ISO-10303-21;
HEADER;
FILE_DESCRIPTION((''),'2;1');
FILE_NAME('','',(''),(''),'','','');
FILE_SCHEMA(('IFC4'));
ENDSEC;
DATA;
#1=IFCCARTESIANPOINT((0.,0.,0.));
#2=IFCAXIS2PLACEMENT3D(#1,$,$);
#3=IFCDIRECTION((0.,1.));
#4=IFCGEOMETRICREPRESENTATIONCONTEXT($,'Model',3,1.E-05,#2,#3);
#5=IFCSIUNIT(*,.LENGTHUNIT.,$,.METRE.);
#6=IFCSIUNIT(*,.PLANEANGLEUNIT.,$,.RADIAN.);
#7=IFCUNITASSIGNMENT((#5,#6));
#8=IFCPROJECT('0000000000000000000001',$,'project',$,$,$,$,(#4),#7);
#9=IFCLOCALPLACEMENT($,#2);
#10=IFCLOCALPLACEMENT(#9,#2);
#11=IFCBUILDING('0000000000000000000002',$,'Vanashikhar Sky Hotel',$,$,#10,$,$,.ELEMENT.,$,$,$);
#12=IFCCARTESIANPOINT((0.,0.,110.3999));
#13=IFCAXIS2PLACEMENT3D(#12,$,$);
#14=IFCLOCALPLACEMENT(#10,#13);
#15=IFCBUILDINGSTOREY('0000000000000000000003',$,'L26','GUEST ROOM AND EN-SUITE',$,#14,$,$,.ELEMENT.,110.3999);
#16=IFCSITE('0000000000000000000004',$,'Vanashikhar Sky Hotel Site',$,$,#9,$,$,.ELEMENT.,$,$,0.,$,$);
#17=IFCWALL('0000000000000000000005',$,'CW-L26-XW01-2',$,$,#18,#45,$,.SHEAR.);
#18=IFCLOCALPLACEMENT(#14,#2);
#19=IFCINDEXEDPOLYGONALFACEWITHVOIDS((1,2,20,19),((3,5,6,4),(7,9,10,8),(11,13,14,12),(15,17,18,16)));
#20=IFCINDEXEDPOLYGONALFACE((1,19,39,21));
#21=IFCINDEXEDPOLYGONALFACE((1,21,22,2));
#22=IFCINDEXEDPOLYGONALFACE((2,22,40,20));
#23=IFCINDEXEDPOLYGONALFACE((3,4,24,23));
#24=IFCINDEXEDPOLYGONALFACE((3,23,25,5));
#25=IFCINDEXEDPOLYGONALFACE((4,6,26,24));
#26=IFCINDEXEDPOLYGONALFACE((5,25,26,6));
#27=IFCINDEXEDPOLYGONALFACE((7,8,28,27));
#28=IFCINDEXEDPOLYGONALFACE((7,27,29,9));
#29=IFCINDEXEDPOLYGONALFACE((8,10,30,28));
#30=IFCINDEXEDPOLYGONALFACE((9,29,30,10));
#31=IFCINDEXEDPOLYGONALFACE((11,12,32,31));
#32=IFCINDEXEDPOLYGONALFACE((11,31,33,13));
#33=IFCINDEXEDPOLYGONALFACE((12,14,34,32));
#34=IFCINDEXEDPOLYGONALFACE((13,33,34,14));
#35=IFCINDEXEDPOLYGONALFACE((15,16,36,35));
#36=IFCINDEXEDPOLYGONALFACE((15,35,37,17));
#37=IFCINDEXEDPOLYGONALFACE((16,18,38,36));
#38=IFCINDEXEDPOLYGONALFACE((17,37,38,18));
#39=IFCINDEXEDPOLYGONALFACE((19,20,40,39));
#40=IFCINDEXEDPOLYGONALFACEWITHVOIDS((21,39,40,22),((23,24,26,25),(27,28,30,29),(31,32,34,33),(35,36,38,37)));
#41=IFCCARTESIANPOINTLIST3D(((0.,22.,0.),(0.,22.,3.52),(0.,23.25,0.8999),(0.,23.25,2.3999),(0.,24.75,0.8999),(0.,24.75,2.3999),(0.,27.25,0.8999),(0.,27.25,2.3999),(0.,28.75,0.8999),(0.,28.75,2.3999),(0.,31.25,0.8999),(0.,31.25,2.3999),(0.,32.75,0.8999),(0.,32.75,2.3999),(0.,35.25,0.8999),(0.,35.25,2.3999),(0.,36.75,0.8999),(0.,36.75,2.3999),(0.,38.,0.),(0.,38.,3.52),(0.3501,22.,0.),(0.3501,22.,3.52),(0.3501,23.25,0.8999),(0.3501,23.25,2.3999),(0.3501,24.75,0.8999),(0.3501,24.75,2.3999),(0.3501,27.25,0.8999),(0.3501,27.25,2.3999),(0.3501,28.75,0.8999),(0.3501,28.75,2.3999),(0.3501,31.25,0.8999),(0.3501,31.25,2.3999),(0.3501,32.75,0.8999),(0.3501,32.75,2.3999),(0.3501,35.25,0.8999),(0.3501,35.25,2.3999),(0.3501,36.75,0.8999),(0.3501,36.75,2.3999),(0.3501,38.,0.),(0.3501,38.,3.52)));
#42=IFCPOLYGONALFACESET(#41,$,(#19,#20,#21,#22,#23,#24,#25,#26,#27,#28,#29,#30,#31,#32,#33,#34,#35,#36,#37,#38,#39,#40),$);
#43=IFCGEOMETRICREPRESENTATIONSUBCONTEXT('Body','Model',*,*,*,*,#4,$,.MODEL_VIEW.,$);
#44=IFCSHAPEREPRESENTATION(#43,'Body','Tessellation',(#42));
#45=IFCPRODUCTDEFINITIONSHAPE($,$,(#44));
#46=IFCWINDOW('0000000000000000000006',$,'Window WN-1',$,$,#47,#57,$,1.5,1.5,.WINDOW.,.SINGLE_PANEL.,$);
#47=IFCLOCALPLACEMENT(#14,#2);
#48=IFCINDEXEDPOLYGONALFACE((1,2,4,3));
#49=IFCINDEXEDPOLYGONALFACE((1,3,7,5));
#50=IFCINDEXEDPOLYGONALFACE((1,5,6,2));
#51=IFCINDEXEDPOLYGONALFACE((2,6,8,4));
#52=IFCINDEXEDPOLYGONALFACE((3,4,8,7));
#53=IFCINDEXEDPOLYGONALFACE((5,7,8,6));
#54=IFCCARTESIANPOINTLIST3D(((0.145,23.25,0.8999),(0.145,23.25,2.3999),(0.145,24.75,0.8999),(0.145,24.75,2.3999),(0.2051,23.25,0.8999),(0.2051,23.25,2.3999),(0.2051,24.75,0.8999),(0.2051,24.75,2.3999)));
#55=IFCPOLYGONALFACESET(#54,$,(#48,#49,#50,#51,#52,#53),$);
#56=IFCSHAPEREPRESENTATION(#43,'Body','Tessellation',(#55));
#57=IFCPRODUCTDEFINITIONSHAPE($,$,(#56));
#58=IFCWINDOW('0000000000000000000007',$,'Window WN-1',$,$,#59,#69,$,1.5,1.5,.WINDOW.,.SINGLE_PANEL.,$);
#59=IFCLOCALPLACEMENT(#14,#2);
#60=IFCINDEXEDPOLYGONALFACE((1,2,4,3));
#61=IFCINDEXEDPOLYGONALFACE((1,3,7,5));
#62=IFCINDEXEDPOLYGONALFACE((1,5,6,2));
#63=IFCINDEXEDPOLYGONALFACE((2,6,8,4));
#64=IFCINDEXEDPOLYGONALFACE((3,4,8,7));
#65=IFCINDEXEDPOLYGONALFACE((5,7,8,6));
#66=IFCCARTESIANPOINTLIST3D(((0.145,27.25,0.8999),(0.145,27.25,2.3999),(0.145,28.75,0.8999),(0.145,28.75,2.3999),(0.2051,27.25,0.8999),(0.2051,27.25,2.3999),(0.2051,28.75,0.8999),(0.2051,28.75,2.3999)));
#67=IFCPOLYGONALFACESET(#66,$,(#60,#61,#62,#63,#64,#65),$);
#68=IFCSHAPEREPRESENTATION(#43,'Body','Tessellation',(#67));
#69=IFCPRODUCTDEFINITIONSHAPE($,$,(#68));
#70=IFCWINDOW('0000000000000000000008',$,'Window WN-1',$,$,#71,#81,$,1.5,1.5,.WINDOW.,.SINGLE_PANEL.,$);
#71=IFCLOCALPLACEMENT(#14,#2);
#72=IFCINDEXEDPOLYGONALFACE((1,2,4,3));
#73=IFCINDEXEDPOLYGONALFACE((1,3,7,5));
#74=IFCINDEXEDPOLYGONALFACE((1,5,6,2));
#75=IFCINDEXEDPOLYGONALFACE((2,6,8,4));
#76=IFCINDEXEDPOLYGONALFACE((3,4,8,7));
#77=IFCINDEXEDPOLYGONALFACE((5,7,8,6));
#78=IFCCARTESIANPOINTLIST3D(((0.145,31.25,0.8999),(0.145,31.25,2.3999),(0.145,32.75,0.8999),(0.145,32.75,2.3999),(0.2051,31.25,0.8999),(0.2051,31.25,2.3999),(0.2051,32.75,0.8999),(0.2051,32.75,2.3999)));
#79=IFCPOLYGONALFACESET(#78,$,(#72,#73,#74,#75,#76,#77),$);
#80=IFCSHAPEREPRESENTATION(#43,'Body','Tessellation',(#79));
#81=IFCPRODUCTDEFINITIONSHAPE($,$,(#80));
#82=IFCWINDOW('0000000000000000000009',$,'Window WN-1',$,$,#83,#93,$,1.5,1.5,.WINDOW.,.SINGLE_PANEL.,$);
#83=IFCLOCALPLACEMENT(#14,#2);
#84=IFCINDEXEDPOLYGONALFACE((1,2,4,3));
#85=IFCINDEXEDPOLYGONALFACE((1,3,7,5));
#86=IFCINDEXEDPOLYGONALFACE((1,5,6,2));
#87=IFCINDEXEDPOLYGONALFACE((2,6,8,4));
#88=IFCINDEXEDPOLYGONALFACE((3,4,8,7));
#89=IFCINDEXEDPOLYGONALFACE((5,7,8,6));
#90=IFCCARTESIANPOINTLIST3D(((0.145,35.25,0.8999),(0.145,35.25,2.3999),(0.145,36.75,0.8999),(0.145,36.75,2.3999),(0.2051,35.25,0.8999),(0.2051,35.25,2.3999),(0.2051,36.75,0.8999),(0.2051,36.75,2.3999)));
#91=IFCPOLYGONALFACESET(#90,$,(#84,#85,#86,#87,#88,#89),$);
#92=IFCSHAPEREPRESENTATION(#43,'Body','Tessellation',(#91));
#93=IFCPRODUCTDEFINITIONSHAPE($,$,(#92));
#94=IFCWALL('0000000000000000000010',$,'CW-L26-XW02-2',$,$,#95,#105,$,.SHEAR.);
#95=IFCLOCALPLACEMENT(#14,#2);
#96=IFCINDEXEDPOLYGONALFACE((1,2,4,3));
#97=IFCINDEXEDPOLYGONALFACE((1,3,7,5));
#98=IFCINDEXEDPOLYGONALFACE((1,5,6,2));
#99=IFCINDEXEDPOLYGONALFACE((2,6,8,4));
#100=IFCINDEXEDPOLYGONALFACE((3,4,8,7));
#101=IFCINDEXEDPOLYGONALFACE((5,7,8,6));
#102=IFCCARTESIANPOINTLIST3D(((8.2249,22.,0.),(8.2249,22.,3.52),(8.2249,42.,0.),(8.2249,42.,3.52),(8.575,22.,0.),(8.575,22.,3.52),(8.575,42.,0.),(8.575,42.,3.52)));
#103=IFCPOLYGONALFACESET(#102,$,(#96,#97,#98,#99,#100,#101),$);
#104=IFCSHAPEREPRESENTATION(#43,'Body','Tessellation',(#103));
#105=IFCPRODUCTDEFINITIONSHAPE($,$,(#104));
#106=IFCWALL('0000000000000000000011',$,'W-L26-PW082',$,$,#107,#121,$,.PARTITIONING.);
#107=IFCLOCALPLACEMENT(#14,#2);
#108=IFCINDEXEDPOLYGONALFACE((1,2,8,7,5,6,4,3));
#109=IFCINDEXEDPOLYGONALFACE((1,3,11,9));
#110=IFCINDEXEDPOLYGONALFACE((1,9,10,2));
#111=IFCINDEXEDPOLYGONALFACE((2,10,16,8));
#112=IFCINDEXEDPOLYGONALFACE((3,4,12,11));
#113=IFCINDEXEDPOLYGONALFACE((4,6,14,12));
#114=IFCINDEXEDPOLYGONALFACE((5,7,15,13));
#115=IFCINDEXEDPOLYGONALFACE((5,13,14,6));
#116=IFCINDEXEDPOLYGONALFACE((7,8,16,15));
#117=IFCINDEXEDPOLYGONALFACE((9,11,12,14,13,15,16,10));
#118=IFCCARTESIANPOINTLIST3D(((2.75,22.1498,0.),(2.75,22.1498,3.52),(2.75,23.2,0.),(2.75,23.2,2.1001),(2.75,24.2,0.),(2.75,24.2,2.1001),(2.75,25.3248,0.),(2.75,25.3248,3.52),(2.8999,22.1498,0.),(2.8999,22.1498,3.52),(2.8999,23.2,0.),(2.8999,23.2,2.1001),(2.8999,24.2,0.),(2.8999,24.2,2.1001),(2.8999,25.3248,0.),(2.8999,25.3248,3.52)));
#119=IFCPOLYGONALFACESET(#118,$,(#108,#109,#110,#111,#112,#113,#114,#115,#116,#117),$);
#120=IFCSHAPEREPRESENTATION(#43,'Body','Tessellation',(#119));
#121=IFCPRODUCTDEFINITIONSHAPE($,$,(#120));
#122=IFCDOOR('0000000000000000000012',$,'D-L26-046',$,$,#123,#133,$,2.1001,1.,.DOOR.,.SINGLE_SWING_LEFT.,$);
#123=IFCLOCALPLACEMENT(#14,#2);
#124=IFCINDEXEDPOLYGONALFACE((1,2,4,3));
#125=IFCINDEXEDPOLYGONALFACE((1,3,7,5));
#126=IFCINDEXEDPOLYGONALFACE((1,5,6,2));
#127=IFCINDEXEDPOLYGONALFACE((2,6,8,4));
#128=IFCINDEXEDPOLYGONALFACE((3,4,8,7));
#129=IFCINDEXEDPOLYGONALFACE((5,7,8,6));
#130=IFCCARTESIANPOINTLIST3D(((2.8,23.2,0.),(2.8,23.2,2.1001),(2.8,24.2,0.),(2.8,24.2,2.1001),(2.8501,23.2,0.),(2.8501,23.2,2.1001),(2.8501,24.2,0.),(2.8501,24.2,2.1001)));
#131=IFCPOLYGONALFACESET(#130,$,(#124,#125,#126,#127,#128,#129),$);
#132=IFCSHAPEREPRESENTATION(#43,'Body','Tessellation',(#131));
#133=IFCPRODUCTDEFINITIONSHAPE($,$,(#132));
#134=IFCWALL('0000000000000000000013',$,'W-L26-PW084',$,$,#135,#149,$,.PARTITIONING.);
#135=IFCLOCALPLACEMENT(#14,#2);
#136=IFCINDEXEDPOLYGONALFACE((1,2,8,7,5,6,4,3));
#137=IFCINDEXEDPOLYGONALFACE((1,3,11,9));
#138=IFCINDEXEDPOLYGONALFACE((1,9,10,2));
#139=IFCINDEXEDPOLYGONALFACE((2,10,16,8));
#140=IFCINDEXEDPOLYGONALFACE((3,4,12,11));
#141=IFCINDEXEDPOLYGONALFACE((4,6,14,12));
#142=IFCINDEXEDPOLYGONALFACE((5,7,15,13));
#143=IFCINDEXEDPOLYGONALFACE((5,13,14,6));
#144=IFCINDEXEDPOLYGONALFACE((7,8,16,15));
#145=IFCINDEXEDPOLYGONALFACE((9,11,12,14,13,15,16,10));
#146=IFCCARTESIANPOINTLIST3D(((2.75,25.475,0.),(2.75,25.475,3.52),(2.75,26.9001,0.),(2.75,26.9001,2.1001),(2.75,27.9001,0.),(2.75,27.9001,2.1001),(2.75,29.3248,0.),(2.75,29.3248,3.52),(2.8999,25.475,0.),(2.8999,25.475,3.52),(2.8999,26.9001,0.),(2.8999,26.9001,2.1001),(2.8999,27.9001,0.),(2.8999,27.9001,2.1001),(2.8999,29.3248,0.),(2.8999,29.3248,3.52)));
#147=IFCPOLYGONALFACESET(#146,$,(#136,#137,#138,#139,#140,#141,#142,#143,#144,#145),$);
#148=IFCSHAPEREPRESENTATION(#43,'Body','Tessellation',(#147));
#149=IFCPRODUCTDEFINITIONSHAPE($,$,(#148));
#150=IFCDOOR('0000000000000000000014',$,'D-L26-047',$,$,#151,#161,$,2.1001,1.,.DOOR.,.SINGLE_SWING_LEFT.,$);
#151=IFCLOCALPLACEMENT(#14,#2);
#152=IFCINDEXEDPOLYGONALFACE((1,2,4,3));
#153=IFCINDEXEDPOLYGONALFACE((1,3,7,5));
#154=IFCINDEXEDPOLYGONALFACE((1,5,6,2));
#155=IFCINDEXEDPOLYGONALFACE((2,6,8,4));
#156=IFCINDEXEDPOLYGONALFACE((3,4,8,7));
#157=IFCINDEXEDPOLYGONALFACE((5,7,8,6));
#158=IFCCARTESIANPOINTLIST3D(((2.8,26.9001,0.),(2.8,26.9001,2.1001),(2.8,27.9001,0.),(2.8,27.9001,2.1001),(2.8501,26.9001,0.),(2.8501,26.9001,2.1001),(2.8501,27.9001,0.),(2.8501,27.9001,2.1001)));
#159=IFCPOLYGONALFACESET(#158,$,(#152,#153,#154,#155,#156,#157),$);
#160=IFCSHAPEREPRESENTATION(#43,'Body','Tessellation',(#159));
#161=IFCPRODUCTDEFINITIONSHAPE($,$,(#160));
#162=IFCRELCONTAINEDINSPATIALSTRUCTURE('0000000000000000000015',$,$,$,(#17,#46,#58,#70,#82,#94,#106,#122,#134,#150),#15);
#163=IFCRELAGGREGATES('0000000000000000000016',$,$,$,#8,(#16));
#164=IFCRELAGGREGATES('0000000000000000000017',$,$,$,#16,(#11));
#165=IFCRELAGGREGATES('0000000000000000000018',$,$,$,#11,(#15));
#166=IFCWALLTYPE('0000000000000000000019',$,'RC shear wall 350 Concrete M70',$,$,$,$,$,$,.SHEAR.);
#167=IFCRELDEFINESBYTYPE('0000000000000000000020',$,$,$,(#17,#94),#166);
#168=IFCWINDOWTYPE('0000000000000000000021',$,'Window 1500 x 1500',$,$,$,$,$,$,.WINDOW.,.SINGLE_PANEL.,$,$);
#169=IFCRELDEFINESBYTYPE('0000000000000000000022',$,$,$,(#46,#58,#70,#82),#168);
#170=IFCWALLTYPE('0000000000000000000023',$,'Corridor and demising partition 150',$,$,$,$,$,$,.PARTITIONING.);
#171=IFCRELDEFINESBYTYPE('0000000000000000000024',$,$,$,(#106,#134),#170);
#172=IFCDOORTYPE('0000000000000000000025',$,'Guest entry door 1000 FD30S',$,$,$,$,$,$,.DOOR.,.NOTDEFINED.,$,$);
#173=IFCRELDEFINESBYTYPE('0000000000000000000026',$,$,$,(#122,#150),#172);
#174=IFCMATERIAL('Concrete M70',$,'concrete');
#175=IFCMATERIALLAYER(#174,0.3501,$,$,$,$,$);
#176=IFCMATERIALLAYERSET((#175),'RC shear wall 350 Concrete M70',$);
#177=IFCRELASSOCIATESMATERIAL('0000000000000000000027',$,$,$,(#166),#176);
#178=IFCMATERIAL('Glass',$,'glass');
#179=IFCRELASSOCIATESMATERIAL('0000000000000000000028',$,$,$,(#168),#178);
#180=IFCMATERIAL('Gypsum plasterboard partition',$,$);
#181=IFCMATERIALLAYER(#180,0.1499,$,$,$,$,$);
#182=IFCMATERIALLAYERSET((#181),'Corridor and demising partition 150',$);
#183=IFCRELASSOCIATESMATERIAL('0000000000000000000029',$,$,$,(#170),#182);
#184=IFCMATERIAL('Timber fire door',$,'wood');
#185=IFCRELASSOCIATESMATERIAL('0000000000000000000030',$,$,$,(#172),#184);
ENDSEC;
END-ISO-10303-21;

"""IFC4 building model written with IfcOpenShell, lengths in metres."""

from ifc_helpers import new_model, si_unit, direction, frame, frame_2d, origin, place, context, subcontext, project, spatial, rectangle, extrude, source, transform, mapped, material, layer, layer_set, type_object, element, fill, save


model = new_model("IFC4")

# Units and contexts
model_context = context("Model", 3, precision=1e-05, world=origin(), true_north=direction((0.0, 1.0)))
body_context = subcontext(model_context, "Body", "Model", "MODEL_VIEW")
ifc_project = project(units=[si_unit("LENGTHUNIT", "METRE"), si_unit("PLANEANGLEUNIT", "RADIAN")], contexts=[model_context])

# Site, building, storey
site_placement = place(None, origin())
site = spatial("IfcSite", under=ifc_project, at=site_placement, Name="Vanashikhar Sky Hotel Site", CompositionType="ELEMENT", RefElevation=0.0)
building_placement = place(site_placement, origin())
building = spatial("IfcBuilding", under=site, at=building_placement, Name="Vanashikhar Sky Hotel", CompositionType="ELEMENT")
storey_placement = place(building_placement, frame((0.0, 0.0, 110.3999)))
storey = spatial("IfcBuildingStorey", under=building, at=storey_placement, Name="L26", Description="GUEST ROOM AND EN-SUITE", CompositionType="ELEMENT", Elevation=110.3999)

# Wall, openings, windows
ifc_material_1 = material(Name="Concrete M70", Category="concrete")
ifc_layer_1 = layer(ifc_material_1, 0.3501)
ifc_layer_set_1 = layer_set([ifc_layer_1], Name="RC shear wall 350 Concrete M70")
wall_type_1 = type_object("IfcWallType", Name="RC shear wall 350 Concrete M70", PredefinedType="SHEAR", material=ifc_layer_set_1)
shared_shape_1 = source(origin(), body_context, "Body", "SweptSolid", [
    extrude(rectangle(XDim=16.0, YDim=0.3501, at=frame_2d((8.0, 0.0))), origin(), (0.0, 0.0, 1.0), 3.52),
])
wall_1_placement = place(storey_placement, frame((0.175, 22.0, 0.0), z_axis=(0.0, 0.0, 1.0), x_axis=(0.0, 1.0, 0.0)))
wall_1 = element("IfcWall", 1, at=wall_1_placement, inside=storey, type_object=wall_type_1, Name="CW-L26-XW01-2", PredefinedType="SHEAR", context=body_context, shape_type="MappedRepresentation", body=[
    mapped(shared_shape_1, transform((0.0, 0.0, 0.0), scale=1.0)),
])
shared_shape_2 = source(origin(), body_context, "Body", "SweptSolid", [
    extrude(rectangle(XDim=1.5, YDim=1.5, at=frame_2d((0.75, 0.75))), frame((0.0, 0.1851, 0.0), z_axis=(0.0, -1.0, 0.0), x_axis=(1.0, 0.0, 0.0)), (0.0, 0.0, 1.0), 0.3701),
])
opening_1_placement = place(wall_1_placement, frame((1.25, 0.0, 0.8999)))
opening_1 = element("IfcOpeningElement", 2, at=opening_1_placement, cuts=wall_1, PredefinedType="OPENING", context=body_context, shape_type="MappedRepresentation", body=[
    mapped(shared_shape_2, transform((0.0, 0.0, 0.0), scale=1.0)),
])
opening_2_placement = place(wall_1_placement, frame((5.25, 0.0, 0.8999)))
opening_2 = element("IfcOpeningElement", 3, at=opening_2_placement, cuts=wall_1, PredefinedType="OPENING", context=body_context, shape_type="MappedRepresentation", body=[
    mapped(shared_shape_2, transform((0.0, 0.0, 0.0), scale=1.0)),
])
opening_3_placement = place(wall_1_placement, frame((9.25, 0.0, 0.8999)))
opening_3 = element("IfcOpeningElement", 4, at=opening_3_placement, cuts=wall_1, PredefinedType="OPENING", context=body_context, shape_type="MappedRepresentation", body=[
    mapped(shared_shape_2, transform((0.0, 0.0, 0.0), scale=1.0)),
])
opening_4_placement = place(wall_1_placement, frame((13.25, 0.0, 0.8999)))
opening_4 = element("IfcOpeningElement", 5, at=opening_4_placement, cuts=wall_1, PredefinedType="OPENING", context=body_context, shape_type="MappedRepresentation", body=[
    mapped(shared_shape_2, transform((0.0, 0.0, 0.0), scale=1.0)),
])
ifc_material_2 = material(Name="Glass", Category="glass")
window_type = type_object("IfcWindowType", Name="Window 1500 x 1500", PartitioningType="SINGLE_PANEL", PredefinedType="WINDOW", material=ifc_material_2)
shared_shape_3 = source(origin(), body_context, "Body", "SweptSolid", [
    extrude(rectangle(XDim=1.5, YDim=1.5, at=frame_2d((0.75, 0.75))), frame((0.0, 0.03, 0.0), z_axis=(0.0, -1.0, 0.0), x_axis=(1.0, 0.0, 0.0)), (0.0, 0.0, 1.0), 0.0601),
])
window_1_placement = place(opening_1_placement, origin())
window_1 = element("IfcWindow", 6, at=window_1_placement, inside=storey, type_object=window_type, Name="Window WN-1", OverallHeight=1.5, OverallWidth=1.5, PartitioningType="SINGLE_PANEL", PredefinedType="WINDOW", context=body_context, shape_type="MappedRepresentation", body=[
    mapped(shared_shape_3, transform((0.0, 0.0, 0.0), scale=1.0)),
])
fill(opening_1, window_1)
window_2_placement = place(opening_2_placement, origin())
window_2 = element("IfcWindow", 7, at=window_2_placement, inside=storey, type_object=window_type, Name="Window WN-1", OverallHeight=1.5, OverallWidth=1.5, PartitioningType="SINGLE_PANEL", PredefinedType="WINDOW", context=body_context, shape_type="MappedRepresentation", body=[
    mapped(shared_shape_3, transform((0.0, 0.0, 0.0), scale=1.0)),
])
fill(opening_2, window_2)
window_3_placement = place(opening_3_placement, origin())
window_3 = element("IfcWindow", 8, at=window_3_placement, inside=storey, type_object=window_type, Name="Window WN-1", OverallHeight=1.5, OverallWidth=1.5, PartitioningType="SINGLE_PANEL", PredefinedType="WINDOW", context=body_context, shape_type="MappedRepresentation", body=[
    mapped(shared_shape_3, transform((0.0, 0.0, 0.0), scale=1.0)),
])
fill(opening_3, window_3)
window_4_placement = place(opening_4_placement, origin())
window_4 = element("IfcWindow", 9, at=window_4_placement, inside=storey, type_object=window_type, Name="Window WN-1", OverallHeight=1.5, OverallWidth=1.5, PartitioningType="SINGLE_PANEL", PredefinedType="WINDOW", context=body_context, shape_type="MappedRepresentation", body=[
    mapped(shared_shape_3, transform((0.0, 0.0, 0.0), scale=1.0)),
])
fill(opening_4, window_4)

# Wall
shared_shape_4 = source(origin(), body_context, "Body", "SweptSolid", [
    extrude(rectangle(XDim=20.0, YDim=0.3501, at=frame_2d((10.0, 0.0))), origin(), (0.0, 0.0, 1.0), 3.52),
])
wall_2_placement = place(storey_placement, frame((8.3999, 22.0, 0.0), z_axis=(0.0, 0.0, 1.0), x_axis=(0.0, 1.0, 0.0)))
element("IfcWall", 10, at=wall_2_placement, inside=storey, type_object=wall_type_1, Name="CW-L26-XW02-2", PredefinedType="SHEAR", context=body_context, shape_type="MappedRepresentation", body=[
    mapped(shared_shape_4, transform((0.0, 0.0, 0.0), scale=1.0)),
])

# Walls, openings, doors
ifc_material_3 = material(Name="Gypsum plasterboard partition")
ifc_layer_2 = layer(ifc_material_3, 0.1499)
ifc_layer_set_2 = layer_set([ifc_layer_2], Name="Corridor and demising partition 150")
wall_type_2 = type_object("IfcWallType", Name="Corridor and demising partition 150", PredefinedType="PARTITIONING", material=ifc_layer_set_2)
shared_shape_5 = source(origin(), body_context, "Body", "SweptSolid", [
    extrude(rectangle(XDim=3.175, YDim=0.1499, at=frame_2d((1.5874, 0.0))), origin(), (0.0, 0.0, 1.0), 3.52),
])
wall_3_placement = place(storey_placement, frame((2.825, 22.1499, 0.0), z_axis=(0.0, 0.0, 1.0), x_axis=(0.0, 1.0, 0.0)))
wall_3 = element("IfcWall", 11, at=wall_3_placement, inside=storey, type_object=wall_type_2, Name="W-L26-PW082", PredefinedType="PARTITIONING", context=body_context, shape_type="MappedRepresentation", body=[
    mapped(shared_shape_5, transform((0.0, 0.0, 0.0), scale=1.0)),
])
shared_shape_6 = source(origin(), body_context, "Body", "SweptSolid", [
    extrude(rectangle(XDim=1.0, YDim=2.1001, at=frame_2d((0.5, 1.05))), frame((0.0, 0.085, 0.0), z_axis=(0.0, -1.0, 0.0), x_axis=(1.0, 0.0, 0.0)), (0.0, 0.0, 1.0), 0.1699),
])
opening_5_placement = place(wall_3_placement, frame((1.05, 0.0, 0.0)))
opening_5 = element("IfcOpeningElement", 12, at=opening_5_placement, cuts=wall_3, PredefinedType="OPENING", context=body_context, shape_type="MappedRepresentation", body=[
    mapped(shared_shape_6, transform((0.0, 0.0, 0.0), scale=1.0)),
])
ifc_material_4 = material(Name="Timber fire door", Category="wood")
door_type_1 = type_object("IfcDoorType", Name="Guest entry door 1000 FD30S", OperationType="NOTDEFINED", PredefinedType="DOOR", material=ifc_material_4)
shared_shape_7 = source(origin(), body_context, "Body", "SweptSolid", [
    extrude(rectangle(XDim=1.0, YDim=2.1001, at=frame_2d((0.5, 1.05))), frame((0.0, 0.0249, 0.0), z_axis=(0.0, -1.0, 0.0), x_axis=(1.0, 0.0, 0.0)), (0.0, 0.0, 1.0), 0.05),
])
door_1_placement = place(opening_5_placement, origin())
door_1 = element("IfcDoor", 13, at=door_1_placement, inside=storey, type_object=door_type_1, Name="D-L26-046", OperationType="SINGLE_SWING_LEFT", OverallHeight=2.1001, OverallWidth=1.0, PredefinedType="DOOR", context=body_context, shape_type="MappedRepresentation", body=[
    mapped(shared_shape_7, transform((0.0, 0.0, 0.0), scale=1.0)),
])
fill(opening_5, door_1)
shared_shape_8 = source(origin(), body_context, "Body", "SweptSolid", [
    extrude(rectangle(XDim=3.8499, YDim=0.1499, at=frame_2d((1.9248, 0.0))), origin(), (0.0, 0.0, 1.0), 3.52),
])
wall_4_placement = place(storey_placement, frame((2.825, 25.4751, 0.0), z_axis=(0.0, 0.0, 1.0), x_axis=(0.0, 1.0, 0.0)))
wall_4 = element("IfcWall", 14, at=wall_4_placement, inside=storey, type_object=wall_type_2, Name="W-L26-PW084", PredefinedType="PARTITIONING", context=body_context, shape_type="MappedRepresentation", body=[
    mapped(shared_shape_8, transform((0.0, 0.0, 0.0), scale=1.0)),
])
opening_6_placement = place(wall_4_placement, frame((1.425, 0.0, 0.0)))
opening_6 = element("IfcOpeningElement", 15, at=opening_6_placement, cuts=wall_4, PredefinedType="OPENING", context=body_context, shape_type="MappedRepresentation", body=[
    mapped(shared_shape_6, transform((0.0, 0.0, 0.0), scale=1.0)),
])
door_2_placement = place(opening_6_placement, origin())
door_2 = element("IfcDoor", 16, at=door_2_placement, inside=storey, type_object=door_type_1, Name="D-L26-047", OperationType="SINGLE_SWING_LEFT", OverallHeight=2.1001, OverallWidth=1.0, PredefinedType="DOOR", context=body_context, shape_type="MappedRepresentation", body=[
    mapped(shared_shape_7, transform((0.0, 0.0, 0.0), scale=1.0)),
])
fill(opening_6, door_2)

save(model, "model.ifc")
